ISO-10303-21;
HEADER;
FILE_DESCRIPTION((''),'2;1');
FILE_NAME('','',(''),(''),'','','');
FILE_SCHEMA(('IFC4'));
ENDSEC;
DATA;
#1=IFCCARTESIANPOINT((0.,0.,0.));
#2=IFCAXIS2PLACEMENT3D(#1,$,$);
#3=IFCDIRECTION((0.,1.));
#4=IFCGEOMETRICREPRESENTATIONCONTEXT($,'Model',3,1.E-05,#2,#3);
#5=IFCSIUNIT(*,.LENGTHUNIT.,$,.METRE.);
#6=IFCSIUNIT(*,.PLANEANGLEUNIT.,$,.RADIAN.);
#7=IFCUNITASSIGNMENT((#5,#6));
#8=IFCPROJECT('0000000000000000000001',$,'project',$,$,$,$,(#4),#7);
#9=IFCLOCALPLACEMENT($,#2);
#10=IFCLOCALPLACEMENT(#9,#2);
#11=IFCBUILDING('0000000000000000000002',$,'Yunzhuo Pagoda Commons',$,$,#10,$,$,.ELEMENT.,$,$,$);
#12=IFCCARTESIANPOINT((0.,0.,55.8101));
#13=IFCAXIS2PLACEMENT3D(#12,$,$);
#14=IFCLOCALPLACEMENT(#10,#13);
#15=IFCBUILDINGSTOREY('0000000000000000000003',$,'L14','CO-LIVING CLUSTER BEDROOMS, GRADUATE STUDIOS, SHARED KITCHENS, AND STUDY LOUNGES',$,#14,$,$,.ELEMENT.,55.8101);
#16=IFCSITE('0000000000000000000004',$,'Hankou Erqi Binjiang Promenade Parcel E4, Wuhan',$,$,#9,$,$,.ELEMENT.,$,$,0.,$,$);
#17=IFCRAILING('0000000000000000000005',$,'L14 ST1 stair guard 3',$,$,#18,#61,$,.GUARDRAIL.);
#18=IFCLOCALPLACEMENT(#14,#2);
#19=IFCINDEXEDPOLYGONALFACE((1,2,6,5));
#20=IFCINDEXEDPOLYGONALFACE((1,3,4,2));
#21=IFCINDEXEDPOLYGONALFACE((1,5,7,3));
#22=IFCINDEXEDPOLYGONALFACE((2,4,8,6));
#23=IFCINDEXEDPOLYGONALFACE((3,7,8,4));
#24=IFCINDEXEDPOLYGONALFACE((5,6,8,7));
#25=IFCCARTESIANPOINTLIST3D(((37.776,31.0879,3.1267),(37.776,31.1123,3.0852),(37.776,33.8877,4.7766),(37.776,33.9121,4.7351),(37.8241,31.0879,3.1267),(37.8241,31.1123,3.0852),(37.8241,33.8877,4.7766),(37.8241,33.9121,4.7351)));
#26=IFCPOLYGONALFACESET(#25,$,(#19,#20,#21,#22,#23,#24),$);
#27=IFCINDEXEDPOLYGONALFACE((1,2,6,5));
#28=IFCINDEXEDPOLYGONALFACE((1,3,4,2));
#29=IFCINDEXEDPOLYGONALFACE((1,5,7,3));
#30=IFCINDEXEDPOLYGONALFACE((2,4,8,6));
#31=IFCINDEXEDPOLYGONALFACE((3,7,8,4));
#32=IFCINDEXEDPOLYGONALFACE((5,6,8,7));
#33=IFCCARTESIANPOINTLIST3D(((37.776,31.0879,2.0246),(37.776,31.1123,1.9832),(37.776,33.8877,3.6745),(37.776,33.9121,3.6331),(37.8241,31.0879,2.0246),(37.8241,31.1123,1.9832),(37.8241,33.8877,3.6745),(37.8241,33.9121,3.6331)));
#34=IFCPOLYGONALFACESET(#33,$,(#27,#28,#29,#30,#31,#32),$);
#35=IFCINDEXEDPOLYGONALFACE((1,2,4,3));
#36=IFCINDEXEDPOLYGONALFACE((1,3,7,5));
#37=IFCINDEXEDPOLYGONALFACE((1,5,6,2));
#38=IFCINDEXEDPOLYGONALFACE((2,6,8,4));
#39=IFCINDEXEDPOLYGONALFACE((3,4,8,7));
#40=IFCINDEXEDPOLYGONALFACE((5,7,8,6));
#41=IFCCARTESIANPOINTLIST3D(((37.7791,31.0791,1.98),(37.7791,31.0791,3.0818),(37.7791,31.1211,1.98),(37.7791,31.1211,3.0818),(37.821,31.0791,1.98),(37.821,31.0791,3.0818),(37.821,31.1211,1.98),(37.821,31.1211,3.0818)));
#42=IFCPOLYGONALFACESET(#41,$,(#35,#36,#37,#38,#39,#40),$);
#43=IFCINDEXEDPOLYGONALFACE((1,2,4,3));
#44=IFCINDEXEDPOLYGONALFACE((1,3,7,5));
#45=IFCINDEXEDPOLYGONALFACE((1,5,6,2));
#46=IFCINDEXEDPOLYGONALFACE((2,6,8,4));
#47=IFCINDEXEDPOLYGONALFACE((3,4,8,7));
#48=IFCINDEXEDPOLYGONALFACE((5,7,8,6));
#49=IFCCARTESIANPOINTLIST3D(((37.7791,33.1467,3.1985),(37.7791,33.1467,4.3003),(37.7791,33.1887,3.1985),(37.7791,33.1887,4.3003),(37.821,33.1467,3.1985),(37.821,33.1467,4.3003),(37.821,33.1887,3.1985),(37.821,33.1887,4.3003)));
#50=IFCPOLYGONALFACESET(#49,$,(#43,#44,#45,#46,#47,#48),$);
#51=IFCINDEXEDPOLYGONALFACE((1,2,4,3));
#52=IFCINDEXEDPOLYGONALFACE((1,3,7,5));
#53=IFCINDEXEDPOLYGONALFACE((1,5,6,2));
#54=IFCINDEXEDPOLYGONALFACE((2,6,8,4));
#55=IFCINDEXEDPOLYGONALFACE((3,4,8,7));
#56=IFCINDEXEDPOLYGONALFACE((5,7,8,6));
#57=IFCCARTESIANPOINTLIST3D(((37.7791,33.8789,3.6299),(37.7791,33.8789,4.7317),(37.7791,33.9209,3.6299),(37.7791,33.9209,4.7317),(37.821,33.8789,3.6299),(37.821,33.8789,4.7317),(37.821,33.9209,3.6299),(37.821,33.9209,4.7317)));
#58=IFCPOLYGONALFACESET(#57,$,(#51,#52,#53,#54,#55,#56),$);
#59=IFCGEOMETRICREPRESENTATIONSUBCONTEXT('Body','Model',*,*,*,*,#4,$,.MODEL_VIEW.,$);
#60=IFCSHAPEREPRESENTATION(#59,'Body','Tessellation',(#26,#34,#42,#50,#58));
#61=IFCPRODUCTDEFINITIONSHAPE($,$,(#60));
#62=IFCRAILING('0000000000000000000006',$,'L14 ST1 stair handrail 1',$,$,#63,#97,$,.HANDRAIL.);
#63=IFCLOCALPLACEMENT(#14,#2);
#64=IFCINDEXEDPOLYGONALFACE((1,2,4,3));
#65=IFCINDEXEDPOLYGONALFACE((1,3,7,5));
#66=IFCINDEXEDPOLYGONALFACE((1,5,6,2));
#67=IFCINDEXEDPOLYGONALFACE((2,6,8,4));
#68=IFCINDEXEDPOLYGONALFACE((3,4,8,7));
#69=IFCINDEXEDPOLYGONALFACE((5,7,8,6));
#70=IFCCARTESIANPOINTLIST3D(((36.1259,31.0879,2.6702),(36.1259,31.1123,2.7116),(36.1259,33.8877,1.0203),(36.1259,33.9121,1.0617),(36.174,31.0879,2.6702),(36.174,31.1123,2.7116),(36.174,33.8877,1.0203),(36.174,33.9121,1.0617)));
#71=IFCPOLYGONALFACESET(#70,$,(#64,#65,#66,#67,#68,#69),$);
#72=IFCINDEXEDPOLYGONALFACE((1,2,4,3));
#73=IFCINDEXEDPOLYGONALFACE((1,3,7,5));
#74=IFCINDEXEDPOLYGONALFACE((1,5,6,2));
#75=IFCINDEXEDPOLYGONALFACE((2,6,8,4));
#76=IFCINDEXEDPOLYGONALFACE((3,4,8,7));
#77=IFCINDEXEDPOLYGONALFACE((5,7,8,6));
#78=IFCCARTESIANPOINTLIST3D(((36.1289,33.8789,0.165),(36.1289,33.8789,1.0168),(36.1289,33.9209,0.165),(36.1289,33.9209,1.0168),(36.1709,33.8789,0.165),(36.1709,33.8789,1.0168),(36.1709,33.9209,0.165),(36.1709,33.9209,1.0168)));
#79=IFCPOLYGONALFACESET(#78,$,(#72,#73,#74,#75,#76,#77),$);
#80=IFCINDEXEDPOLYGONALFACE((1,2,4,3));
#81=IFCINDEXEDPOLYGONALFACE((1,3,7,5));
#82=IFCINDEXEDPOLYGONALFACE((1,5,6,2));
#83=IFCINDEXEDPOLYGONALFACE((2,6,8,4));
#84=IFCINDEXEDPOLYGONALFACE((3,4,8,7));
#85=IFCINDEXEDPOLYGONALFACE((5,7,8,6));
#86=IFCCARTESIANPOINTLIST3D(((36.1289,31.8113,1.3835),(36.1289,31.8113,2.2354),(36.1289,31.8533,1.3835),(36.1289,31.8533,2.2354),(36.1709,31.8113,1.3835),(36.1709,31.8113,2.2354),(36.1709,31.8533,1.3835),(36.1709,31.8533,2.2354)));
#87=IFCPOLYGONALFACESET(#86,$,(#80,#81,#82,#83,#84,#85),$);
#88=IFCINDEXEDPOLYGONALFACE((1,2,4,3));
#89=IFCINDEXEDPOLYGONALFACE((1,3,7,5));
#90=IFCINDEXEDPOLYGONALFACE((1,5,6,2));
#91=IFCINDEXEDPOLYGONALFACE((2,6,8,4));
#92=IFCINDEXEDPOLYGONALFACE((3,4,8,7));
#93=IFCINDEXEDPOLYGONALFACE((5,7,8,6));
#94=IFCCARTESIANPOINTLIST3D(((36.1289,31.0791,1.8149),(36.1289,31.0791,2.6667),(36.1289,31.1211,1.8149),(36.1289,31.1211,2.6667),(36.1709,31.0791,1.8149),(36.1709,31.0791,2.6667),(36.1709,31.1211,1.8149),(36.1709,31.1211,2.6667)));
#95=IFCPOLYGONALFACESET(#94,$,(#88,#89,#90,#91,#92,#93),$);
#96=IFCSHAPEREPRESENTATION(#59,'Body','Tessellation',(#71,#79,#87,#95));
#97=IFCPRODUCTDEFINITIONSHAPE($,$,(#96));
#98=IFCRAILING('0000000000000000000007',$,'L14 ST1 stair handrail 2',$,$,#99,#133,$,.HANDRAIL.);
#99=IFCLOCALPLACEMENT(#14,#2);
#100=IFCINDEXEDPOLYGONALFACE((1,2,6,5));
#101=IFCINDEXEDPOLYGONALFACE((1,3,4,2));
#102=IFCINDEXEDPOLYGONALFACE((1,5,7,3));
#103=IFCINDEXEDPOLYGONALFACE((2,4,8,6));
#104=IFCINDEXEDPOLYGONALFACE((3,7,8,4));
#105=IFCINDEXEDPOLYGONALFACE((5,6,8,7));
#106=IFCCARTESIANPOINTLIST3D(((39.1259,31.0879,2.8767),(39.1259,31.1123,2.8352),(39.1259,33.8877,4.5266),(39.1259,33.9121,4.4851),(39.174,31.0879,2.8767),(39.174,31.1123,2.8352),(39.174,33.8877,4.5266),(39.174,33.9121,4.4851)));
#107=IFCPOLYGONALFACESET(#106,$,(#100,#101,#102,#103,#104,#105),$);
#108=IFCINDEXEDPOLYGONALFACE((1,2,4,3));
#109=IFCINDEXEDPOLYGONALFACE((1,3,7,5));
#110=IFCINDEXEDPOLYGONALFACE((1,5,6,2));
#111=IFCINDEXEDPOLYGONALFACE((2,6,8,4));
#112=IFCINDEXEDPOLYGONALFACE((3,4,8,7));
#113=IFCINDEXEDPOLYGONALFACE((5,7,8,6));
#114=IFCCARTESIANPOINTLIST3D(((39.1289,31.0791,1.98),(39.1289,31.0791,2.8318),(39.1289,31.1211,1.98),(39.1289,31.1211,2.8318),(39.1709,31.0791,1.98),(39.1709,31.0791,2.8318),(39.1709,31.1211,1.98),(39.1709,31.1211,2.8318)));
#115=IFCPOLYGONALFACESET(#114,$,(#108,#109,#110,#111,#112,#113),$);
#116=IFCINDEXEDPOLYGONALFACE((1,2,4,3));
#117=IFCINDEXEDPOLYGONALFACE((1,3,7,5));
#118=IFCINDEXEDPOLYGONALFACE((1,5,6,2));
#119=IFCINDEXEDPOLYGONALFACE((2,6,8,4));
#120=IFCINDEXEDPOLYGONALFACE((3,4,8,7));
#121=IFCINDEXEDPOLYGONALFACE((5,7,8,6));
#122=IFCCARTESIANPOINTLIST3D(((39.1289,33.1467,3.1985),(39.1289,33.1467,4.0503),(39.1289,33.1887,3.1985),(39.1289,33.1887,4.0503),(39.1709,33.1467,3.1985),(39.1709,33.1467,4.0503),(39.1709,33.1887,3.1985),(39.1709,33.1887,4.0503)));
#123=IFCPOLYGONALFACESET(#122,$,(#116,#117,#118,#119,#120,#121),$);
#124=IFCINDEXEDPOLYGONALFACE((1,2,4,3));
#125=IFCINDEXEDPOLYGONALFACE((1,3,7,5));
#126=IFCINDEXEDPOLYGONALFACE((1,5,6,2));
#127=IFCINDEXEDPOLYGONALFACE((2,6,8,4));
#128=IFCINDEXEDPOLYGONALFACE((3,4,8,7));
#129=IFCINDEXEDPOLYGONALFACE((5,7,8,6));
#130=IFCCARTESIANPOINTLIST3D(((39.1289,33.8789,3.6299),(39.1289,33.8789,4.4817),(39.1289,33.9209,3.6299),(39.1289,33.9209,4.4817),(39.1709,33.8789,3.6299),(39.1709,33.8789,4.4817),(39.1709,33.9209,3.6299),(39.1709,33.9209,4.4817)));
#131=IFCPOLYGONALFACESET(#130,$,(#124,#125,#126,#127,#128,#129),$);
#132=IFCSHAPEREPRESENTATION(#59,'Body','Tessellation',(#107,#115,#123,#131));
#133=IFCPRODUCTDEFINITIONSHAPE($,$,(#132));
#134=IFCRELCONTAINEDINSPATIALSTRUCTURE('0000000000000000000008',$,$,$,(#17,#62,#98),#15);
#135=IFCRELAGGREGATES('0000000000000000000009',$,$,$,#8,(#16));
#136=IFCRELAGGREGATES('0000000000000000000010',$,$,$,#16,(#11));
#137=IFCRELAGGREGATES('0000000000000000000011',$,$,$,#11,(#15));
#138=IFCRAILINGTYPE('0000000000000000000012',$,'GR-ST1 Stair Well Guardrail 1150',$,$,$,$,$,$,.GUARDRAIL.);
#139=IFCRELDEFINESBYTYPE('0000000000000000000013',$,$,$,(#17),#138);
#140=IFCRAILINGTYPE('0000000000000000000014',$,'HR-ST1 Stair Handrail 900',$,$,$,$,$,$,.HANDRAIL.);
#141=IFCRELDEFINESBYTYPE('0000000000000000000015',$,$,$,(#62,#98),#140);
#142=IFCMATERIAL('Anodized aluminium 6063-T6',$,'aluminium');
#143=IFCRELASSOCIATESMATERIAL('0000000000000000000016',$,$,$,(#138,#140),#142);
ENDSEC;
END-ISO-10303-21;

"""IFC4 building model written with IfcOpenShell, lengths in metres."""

from ifc_helpers import new_model, si_unit, direction, frame, origin, origin_2d, place, context, subcontext, project, spatial, rectangle, extrude, material, type_object, element, save


model = new_model("IFC4")

# Units and contexts
model_context = context("Model", 3, precision=1e-05, world=origin(), true_north=direction((0.0, 1.0)))
body_context = subcontext(model_context, "Body", "Model", "MODEL_VIEW")
ifc_project = project(units=[si_unit("LENGTHUNIT", "METRE"), si_unit("PLANEANGLEUNIT", "RADIAN")], contexts=[model_context])

# Site, building, storey
site_placement = place(None, origin())
site = spatial("IfcSite", under=ifc_project, at=site_placement, Name="Hankou Erqi Binjiang Promenade Parcel E4, Wuhan", CompositionType="ELEMENT", RefElevation=0.0)
building_placement = place(site_placement, origin())
building = spatial("IfcBuilding", under=site, at=building_placement, Name="Yunzhuo Pagoda Commons", CompositionType="ELEMENT")
storey_placement = place(building_placement, frame((0.0, 0.0, 55.8101)))
storey = spatial("IfcBuildingStorey", under=building, at=storey_placement, Name="L14", Description="CO-LIVING CLUSTER BEDROOMS, GRADUATE STUDIOS, SHARED KITCHENS, AND STUDY LOUNGES", CompositionType="ELEMENT", Elevation=55.8101)

# Railings
ifc_material_1 = material(Name="Anodized aluminium 6063-T6", Category="aluminium")
railing_type_1 = type_object("IfcRailingType", Name="GR-ST1 Stair Well Guardrail 1150", PredefinedType="GUARDRAIL", material=ifc_material_1)
railing_1_placement = place(storey_placement, frame((37.8, 31.1001, 1.98)))
element("IfcRailing", 1, at=railing_1_placement, inside=storey, type_object=railing_type_1, Name="L14 ST1 stair guard 3", PredefinedType="GUARDRAIL", context=body_context, shape_type="SweptSolid", body=[
    extrude(rectangle(XDim=0.0481, YDim=0.0481, at=origin_2d()), frame((0.0, 0.0, 1.126), z_axis=(0.0, 0.861536, 0.507696), x_axis=(-1.0, 0.0, 0.0)), (0.0, 0.0, 1.0), 3.2498),
    extrude(rectangle(XDim=0.0481, YDim=0.0481, at=origin_2d()), frame((0.0, 0.0, 0.0239), z_axis=(0.0, 0.861536, 0.507696), x_axis=(-1.0, 0.0, 0.0)), (0.0, 0.0, 1.0), 3.2498),
    extrude(rectangle(XDim=0.042, YDim=0.042, at=origin_2d()), origin(), (0.0, 0.0, 1.0), 1.1018),
    extrude(rectangle(XDim=0.042, YDim=0.042, at=origin_2d()), frame((0.0, 2.0676, 1.2185)), (0.0, 0.0, 1.0), 1.1018),
    extrude(rectangle(XDim=0.042, YDim=0.042, at=origin_2d()), frame((0.0, 2.7998, 1.6499)), (0.0, 0.0, 1.0), 1.1018),
])
railing_type_2 = type_object("IfcRailingType", Name="HR-ST1 Stair Handrail 900", PredefinedType="HANDRAIL", material=ifc_material_1)
railing_2_placement = place(storey_placement, frame((36.1499, 33.8999, 0.165)))
element("IfcRailing", 2, at=railing_2_placement, inside=storey, type_object=railing_type_2, Name="L14 ST1 stair handrail 1", PredefinedType="HANDRAIL", context=body_context, shape_type="SweptSolid", body=[
    extrude(rectangle(XDim=0.0481, YDim=0.0481, at=origin_2d()), frame((0.0, 0.0, 0.876), z_axis=(0.0, -0.861536, 0.507696), x_axis=(1.0, 0.0, 0.0)), (0.0, 0.0, 1.0), 3.2498),
    extrude(rectangle(XDim=0.042, YDim=0.042, at=origin_2d()), origin(), (0.0, 0.0, 1.0), 0.8518),
    extrude(rectangle(XDim=0.042, YDim=0.042, at=origin_2d()), frame((0.0, -2.0676, 1.2185)), (0.0, 0.0, 1.0), 0.8518),
    extrude(rectangle(XDim=0.042, YDim=0.042, at=origin_2d()), frame((0.0, -2.7998, 1.6499)), (0.0, 0.0, 1.0), 0.8518),
])
railing_3_placement = place(storey_placement, frame((39.1499, 31.1001, 1.98)))
element("IfcRailing", 3, at=railing_3_placement, inside=storey, type_object=railing_type_2, Name="L14 ST1 stair handrail 2", PredefinedType="HANDRAIL", context=body_context, shape_type="SweptSolid", body=[
    extrude(rectangle(XDim=0.0481, YDim=0.0481, at=origin_2d()), frame((0.0, 0.0, 0.876), z_axis=(0.0, 0.861536, 0.507696), x_axis=(-1.0, 0.0, 0.0)), (0.0, 0.0, 1.0), 3.2498),
    extrude(rectangle(XDim=0.042, YDim=0.042, at=origin_2d()), origin(), (0.0, 0.0, 1.0), 0.8518),
    extrude(rectangle(XDim=0.042, YDim=0.042, at=origin_2d()), frame((0.0, 2.0676, 1.2185)), (0.0, 0.0, 1.0), 0.8518),
    extrude(rectangle(XDim=0.042, YDim=0.042, at=origin_2d()), frame((0.0, 2.7998, 1.6499)), (0.0, 0.0, 1.0), 0.8518),
])

save(model, "model.ifc")
